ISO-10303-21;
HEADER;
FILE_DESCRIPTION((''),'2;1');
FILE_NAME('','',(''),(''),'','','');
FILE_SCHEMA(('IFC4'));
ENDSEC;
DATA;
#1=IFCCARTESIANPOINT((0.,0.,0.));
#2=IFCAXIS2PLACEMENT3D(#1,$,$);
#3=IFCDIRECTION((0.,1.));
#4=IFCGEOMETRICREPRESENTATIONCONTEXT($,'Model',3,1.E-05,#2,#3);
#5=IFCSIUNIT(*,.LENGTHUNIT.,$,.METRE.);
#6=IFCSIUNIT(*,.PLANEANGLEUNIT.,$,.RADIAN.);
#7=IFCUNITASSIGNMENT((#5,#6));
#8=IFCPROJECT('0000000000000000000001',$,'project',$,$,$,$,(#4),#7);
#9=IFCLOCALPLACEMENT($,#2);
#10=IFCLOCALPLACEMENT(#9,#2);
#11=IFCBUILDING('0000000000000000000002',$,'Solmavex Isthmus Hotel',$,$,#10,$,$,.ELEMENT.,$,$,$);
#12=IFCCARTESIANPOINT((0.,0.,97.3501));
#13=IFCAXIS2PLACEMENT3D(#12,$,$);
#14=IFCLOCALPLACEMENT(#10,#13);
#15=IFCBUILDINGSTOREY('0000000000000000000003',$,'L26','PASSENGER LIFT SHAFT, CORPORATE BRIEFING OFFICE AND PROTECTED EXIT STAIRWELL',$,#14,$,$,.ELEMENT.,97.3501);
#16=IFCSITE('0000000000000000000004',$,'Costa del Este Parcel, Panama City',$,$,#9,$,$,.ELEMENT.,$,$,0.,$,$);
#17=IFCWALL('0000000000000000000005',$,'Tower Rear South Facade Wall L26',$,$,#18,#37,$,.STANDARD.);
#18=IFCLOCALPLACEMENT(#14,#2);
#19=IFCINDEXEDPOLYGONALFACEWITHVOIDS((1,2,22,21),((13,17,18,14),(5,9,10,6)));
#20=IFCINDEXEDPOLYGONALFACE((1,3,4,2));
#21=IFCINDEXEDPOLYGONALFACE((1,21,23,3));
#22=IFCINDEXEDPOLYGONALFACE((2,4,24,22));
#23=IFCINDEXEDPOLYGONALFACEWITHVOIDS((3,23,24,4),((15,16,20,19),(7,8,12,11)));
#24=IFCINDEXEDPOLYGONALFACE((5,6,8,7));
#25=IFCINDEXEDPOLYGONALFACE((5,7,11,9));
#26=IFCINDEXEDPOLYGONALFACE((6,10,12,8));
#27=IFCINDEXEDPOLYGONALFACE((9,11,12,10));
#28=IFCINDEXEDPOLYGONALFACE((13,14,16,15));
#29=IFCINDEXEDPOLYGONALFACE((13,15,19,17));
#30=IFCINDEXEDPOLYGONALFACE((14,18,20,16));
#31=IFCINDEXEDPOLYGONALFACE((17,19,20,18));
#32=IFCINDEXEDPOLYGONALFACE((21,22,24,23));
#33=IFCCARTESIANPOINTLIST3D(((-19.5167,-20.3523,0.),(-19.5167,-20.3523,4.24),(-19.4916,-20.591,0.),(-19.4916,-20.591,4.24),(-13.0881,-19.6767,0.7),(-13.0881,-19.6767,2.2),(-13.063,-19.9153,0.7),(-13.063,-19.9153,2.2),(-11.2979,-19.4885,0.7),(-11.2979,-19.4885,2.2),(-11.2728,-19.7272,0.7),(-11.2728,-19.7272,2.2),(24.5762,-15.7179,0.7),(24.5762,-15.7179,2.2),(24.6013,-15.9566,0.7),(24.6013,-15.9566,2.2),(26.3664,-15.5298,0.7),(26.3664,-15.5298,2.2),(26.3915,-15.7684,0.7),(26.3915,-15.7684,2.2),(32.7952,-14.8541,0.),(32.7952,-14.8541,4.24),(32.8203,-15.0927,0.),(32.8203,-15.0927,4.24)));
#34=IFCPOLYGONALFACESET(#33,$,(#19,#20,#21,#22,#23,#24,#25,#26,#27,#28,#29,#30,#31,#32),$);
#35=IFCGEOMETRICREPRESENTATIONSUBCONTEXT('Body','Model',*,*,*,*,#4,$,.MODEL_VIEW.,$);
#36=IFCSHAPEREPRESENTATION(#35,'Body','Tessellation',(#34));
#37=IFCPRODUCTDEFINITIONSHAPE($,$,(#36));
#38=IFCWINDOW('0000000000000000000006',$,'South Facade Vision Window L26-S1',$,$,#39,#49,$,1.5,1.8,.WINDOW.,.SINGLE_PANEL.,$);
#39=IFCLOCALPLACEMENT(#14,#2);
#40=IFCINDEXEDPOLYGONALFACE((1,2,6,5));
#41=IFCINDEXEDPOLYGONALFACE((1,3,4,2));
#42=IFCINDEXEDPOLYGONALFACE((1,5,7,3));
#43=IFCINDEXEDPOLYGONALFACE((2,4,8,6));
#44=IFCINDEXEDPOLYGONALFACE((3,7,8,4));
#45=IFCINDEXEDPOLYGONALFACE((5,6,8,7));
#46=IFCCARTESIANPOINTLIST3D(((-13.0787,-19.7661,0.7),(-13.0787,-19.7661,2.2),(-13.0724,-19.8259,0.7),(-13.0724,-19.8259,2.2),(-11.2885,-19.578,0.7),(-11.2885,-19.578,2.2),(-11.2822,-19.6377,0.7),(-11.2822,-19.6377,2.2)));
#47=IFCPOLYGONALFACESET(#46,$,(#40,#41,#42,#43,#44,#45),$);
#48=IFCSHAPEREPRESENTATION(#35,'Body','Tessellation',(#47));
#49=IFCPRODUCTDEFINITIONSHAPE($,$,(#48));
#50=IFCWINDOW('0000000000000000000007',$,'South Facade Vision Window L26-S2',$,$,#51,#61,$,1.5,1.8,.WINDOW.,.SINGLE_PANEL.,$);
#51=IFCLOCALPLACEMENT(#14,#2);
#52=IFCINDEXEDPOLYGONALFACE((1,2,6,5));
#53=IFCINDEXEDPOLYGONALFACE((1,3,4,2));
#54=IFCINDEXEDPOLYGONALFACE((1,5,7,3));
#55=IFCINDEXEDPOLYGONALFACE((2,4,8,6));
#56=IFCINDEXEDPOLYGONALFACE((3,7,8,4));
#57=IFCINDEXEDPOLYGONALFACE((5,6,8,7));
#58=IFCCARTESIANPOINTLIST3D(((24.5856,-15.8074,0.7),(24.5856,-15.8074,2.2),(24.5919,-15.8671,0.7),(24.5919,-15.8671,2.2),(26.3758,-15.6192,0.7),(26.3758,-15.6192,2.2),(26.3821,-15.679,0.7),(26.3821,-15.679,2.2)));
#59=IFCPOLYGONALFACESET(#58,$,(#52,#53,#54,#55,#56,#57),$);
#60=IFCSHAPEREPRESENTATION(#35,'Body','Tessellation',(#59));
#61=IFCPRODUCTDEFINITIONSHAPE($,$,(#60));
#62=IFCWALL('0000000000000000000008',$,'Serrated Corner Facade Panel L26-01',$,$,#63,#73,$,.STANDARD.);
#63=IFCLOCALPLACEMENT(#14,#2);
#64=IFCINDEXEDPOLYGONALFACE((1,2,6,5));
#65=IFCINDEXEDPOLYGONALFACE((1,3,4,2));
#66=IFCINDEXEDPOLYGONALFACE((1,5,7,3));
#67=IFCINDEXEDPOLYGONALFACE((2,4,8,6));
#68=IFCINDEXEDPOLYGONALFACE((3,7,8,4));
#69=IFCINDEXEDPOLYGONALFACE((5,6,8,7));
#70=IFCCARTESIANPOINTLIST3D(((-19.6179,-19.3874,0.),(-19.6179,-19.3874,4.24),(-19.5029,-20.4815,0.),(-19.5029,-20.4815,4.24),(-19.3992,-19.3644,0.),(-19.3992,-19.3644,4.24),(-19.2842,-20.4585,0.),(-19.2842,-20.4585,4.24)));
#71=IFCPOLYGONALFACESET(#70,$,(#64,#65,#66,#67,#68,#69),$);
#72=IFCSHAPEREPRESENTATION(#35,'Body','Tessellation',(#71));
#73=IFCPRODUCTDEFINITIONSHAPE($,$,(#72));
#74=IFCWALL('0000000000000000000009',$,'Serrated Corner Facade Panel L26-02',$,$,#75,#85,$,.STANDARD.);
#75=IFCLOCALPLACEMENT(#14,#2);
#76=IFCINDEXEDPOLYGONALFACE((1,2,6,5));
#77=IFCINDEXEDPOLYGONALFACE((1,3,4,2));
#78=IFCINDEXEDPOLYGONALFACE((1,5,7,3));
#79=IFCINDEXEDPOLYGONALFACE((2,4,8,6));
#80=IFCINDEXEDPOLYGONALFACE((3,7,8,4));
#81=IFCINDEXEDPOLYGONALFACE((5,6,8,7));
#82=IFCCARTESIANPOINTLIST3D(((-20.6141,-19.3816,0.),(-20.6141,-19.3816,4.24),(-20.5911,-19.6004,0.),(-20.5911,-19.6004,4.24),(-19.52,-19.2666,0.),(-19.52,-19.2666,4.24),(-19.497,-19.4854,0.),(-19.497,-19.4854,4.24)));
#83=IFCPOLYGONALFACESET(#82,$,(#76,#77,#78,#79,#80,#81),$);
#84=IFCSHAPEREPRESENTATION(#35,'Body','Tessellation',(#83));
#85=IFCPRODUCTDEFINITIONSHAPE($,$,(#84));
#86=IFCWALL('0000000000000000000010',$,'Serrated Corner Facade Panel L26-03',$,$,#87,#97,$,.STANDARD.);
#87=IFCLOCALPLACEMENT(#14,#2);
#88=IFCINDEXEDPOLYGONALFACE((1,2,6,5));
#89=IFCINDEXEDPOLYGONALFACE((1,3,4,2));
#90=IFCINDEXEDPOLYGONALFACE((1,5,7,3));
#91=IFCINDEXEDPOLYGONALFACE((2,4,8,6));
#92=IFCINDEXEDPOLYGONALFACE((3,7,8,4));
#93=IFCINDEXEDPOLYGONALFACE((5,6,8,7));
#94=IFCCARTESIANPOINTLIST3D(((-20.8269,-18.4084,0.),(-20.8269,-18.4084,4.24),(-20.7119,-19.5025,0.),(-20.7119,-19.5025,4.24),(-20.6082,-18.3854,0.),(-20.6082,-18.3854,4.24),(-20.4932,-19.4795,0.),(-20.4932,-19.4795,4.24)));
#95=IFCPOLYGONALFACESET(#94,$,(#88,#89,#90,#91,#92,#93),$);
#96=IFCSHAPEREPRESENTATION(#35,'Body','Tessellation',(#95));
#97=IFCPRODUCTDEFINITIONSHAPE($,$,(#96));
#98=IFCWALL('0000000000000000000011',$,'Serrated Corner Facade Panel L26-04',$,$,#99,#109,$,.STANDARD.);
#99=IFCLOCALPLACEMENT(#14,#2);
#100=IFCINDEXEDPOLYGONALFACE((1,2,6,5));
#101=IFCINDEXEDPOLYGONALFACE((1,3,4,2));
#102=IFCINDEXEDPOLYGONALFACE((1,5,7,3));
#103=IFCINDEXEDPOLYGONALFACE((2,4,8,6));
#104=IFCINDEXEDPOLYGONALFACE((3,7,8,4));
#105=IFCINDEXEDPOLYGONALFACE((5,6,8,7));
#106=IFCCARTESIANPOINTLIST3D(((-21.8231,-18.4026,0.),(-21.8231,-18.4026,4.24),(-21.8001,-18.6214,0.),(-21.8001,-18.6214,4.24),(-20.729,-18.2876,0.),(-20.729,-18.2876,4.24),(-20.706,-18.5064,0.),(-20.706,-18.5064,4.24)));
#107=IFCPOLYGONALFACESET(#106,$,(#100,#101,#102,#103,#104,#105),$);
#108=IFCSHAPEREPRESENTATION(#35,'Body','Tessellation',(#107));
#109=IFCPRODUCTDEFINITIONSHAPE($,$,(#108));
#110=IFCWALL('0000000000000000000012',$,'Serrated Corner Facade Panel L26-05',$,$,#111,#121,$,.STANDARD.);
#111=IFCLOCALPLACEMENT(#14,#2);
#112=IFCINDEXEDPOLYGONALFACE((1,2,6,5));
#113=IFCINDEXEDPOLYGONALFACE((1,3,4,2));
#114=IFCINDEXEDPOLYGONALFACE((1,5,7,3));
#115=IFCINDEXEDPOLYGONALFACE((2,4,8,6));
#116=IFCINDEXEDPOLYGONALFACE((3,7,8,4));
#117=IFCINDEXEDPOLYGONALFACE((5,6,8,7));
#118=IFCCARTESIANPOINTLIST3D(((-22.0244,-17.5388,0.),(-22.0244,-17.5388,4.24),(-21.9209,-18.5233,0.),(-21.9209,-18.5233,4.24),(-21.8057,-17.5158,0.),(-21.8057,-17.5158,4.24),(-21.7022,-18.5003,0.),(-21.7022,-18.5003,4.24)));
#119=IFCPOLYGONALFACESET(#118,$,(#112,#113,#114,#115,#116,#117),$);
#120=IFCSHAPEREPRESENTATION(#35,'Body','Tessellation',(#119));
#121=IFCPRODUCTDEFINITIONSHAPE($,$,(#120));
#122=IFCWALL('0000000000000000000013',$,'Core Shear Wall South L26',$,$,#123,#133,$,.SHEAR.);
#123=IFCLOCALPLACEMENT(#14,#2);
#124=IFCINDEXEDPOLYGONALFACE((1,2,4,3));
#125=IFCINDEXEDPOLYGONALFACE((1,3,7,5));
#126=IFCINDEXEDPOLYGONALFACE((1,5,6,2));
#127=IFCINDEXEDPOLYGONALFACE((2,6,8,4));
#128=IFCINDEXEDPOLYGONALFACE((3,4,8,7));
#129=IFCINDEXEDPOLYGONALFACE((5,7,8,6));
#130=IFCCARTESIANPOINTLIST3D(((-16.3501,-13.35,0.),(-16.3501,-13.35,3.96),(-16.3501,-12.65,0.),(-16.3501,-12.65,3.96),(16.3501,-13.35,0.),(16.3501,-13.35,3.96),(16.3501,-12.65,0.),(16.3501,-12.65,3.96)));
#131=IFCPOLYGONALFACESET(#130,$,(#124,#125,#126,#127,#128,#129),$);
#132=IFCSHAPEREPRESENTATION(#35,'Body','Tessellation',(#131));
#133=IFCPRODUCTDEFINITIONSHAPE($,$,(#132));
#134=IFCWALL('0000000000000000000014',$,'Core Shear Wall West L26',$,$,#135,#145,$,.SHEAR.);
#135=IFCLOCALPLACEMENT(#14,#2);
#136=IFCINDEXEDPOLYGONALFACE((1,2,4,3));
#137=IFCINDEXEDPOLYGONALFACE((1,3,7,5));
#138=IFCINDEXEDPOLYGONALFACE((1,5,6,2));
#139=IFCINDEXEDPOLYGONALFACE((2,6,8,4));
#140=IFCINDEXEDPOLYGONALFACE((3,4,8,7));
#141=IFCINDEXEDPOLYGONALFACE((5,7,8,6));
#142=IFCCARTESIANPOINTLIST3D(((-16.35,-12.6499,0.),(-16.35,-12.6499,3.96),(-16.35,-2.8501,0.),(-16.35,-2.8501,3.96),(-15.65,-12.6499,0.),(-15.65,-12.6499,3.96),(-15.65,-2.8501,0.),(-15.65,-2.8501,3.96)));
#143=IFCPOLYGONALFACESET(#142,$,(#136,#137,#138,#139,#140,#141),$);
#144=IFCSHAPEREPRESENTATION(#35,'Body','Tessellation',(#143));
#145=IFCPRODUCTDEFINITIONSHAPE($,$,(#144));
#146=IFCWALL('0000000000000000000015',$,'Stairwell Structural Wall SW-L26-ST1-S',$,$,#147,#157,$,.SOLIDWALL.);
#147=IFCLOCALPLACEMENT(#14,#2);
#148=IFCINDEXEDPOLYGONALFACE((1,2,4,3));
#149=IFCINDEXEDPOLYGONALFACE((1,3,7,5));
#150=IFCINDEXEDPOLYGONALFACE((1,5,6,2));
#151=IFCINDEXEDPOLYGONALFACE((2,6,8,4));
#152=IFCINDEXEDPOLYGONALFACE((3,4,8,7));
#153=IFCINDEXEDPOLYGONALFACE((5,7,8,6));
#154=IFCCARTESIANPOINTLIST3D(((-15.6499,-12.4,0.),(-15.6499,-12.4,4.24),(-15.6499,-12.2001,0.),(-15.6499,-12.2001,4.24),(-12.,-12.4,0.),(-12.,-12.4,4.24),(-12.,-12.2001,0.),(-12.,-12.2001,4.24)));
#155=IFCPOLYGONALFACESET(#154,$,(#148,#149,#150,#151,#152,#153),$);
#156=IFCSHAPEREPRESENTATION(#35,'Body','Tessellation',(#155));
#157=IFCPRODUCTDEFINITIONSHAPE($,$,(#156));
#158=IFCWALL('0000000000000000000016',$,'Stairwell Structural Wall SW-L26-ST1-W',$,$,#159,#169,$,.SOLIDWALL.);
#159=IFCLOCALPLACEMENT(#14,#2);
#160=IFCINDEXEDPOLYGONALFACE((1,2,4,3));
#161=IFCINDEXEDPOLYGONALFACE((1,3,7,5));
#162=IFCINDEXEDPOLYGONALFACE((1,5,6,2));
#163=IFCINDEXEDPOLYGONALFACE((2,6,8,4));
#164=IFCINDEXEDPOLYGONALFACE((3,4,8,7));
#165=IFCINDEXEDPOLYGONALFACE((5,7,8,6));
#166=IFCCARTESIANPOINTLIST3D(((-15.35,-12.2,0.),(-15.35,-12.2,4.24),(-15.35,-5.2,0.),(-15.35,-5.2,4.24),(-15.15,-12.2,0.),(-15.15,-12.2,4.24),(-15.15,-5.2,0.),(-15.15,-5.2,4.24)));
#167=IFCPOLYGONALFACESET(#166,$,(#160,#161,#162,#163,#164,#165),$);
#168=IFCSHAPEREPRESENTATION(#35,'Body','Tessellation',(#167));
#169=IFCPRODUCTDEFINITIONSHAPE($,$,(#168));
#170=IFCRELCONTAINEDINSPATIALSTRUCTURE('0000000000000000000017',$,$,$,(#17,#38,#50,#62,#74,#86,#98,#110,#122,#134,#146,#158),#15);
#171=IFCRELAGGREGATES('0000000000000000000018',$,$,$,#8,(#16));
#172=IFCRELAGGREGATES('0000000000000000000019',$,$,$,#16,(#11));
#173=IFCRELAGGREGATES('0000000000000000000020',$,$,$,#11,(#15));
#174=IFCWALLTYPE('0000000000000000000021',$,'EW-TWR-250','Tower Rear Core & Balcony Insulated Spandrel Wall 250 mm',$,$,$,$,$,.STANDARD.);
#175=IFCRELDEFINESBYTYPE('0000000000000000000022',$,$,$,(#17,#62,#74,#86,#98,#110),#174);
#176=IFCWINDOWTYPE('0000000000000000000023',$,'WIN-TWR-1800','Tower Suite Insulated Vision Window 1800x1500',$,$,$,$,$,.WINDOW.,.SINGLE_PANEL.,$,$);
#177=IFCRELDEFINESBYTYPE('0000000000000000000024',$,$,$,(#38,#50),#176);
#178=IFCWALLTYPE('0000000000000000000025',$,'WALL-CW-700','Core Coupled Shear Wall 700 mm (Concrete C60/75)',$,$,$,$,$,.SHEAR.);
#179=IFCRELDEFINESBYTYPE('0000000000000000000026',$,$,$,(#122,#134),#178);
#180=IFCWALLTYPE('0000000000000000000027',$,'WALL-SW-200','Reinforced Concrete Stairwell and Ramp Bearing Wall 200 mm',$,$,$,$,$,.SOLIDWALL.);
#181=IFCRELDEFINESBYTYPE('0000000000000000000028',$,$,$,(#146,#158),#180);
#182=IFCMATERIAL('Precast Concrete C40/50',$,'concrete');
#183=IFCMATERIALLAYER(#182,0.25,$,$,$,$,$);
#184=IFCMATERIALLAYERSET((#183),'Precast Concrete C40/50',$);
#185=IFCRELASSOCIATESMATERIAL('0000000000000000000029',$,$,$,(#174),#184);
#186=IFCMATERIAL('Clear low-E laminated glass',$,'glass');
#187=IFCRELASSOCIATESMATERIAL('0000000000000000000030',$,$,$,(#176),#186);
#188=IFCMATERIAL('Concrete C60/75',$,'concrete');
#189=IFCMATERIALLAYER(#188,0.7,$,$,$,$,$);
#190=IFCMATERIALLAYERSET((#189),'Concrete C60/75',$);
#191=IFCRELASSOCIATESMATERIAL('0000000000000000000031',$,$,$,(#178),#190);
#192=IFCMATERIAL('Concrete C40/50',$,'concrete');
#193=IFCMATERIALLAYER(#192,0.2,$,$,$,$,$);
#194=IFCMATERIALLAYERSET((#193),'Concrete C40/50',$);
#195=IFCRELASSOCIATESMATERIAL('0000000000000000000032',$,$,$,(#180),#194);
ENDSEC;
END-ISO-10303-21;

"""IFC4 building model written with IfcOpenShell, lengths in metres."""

from ifc_helpers import new_model, si_unit, direction, frame, frame_2d, origin, place, context, subcontext, project, spatial, rectangle, extrude, material, layer, layer_set, type_object, element, fill, save


model = new_model("IFC4")

# Units and contexts
model_context = context("Model", 3, precision=1e-05, world=origin(), true_north=direction((0.0, 1.0)))
body_context = subcontext(model_context, "Body", "Model", "MODEL_VIEW")
ifc_project = project(units=[si_unit("LENGTHUNIT", "METRE"), si_unit("PLANEANGLEUNIT", "RADIAN")], contexts=[model_context])

# Site, building, storey
site_placement = place(None, origin())
site = spatial("IfcSite", under=ifc_project, at=site_placement, Name="Costa del Este Parcel, Panama City", CompositionType="ELEMENT", RefElevation=0.0)
building_placement = place(site_placement, origin())
building = spatial("IfcBuilding", under=site, at=building_placement, Name="Solmavex Isthmus Hotel", CompositionType="ELEMENT")
storey_placement = place(building_placement, frame((0.0, 0.0, 97.3501)))
storey = spatial("IfcBuildingStorey", under=building, at=storey_placement, Name="L26", Description="PASSENGER LIFT SHAFT, CORPORATE BRIEFING OFFICE AND PROTECTED EXIT STAIRWELL", CompositionType="ELEMENT", Elevation=97.3501)

# Shared definitions
ifc_material_1 = material(Name="Concrete C60/75", Category="concrete")

# Shared definitions
ifc_material_2 = material(Name="Clear low-E laminated glass", Category="glass")

# Wall, openings, windows
ifc_material_3 = material(Name="Precast Concrete C40/50", Category="concrete")
ifc_layer_1 = layer(ifc_material_3, 0.25)
ifc_layer_set_1 = layer_set([ifc_layer_1], Name="Precast Concrete C40/50")
wall_type_1 = type_object("IfcWallType", Name="EW-TWR-250", Description="Tower Rear Core & Balcony Insulated Spandrel Wall 250 mm", PredefinedType="STANDARD", material=ifc_layer_set_1)
wall_1_placement = place(storey_placement, frame((-19.5042, -20.4717, 0.0), z_axis=(0.0, 0.0, 1.0), x_axis=(0.994522, 0.10453, 0.0)))
wall_1 = element("IfcWall", 1, at=wall_1_placement, inside=storey, type_object=wall_type_1, Name="Tower Rear South Facade Wall L26", PredefinedType="STANDARD", context=body_context, shape_type="SweptSolid", body=[
    extrude(rectangle(XDim=52.6001, YDim=0.24, at=frame_2d((26.3, 0.0))), origin(), (0.0, 0.0, 1.0), 4.24),
])
opening_1_placement = place(wall_1_placement, frame((6.4641, 0.0, 0.7)))
opening_1 = element("IfcOpeningElement", 2, at=opening_1_placement, cuts=wall_1, PredefinedType="OPENING", context=body_context, shape_type="SweptSolid", body=[
    extrude(rectangle(XDim=1.8, YDim=1.5, at=frame_2d((0.8999, 0.75))), frame((0.0, 0.1299, 0.0), z_axis=(0.0, -1.0, 0.0), x_axis=(1.0, 0.0, 0.0)), (0.0, 0.0, 1.0), 0.26),
])
opening_2_placement = place(wall_1_placement, frame((44.3359, 0.0, 0.7)))
opening_2 = element("IfcOpeningElement", 3, at=opening_2_placement, cuts=wall_1, PredefinedType="OPENING", context=body_context, shape_type="SweptSolid", body=[
    extrude(rectangle(XDim=1.8, YDim=1.5, at=frame_2d((0.8999, 0.75))), frame((0.0, 0.1299, 0.0), z_axis=(0.0, -1.0, 0.0), x_axis=(1.0, 0.0, 0.0)), (0.0, 0.0, 1.0), 0.26),
])
window_type = type_object("IfcWindowType", Name="WIN-TWR-1800", Description="Tower Suite Insulated Vision Window 1800x1500", PartitioningType="SINGLE_PANEL", PredefinedType="WINDOW", material=ifc_material_2)
window_1_placement = place(opening_1_placement, origin())
window_1 = element("IfcWindow", 4, at=window_1_placement, inside=storey, type_object=window_type, Name="South Facade Vision Window L26-S1", OverallHeight=1.5, OverallWidth=1.8, PartitioningType="SINGLE_PANEL", PredefinedType="WINDOW", context=body_context, shape_type="SweptSolid", body=[
    extrude(rectangle(XDim=1.8, YDim=1.5, at=frame_2d((0.8999, 0.75))), frame((0.0, 0.03, 0.0), z_axis=(0.0, -1.0, 0.0), x_axis=(1.0, 0.0, 0.0)), (0.0, 0.0, 1.0), 0.0601),
])
fill(opening_1, window_1)
window_2_placement = place(opening_2_placement, origin())
window_2 = element("IfcWindow", 5, at=window_2_placement, inside=storey, type_object=window_type, Name="South Facade Vision Window L26-S2", OverallHeight=1.5, OverallWidth=1.8, PartitioningType="SINGLE_PANEL", PredefinedType="WINDOW", context=body_context, shape_type="SweptSolid", body=[
    extrude(rectangle(XDim=1.8, YDim=1.5, at=frame_2d((0.8999, 0.75))), frame((0.0, 0.03, 0.0), z_axis=(0.0, -1.0, 0.0), x_axis=(1.0, 0.0, 0.0)), (0.0, 0.0, 1.0), 0.0601),
])
fill(opening_2, window_2)

# Walls
for number, where, z_axis, x_axis, name in (
    (6, (-19.3936, -20.47, 0.0), (0.0, 0.0, 1.0), (-0.104535, 0.994521, 0.0), "Serrated Corner Facade Panel L26-01"),
    (7, (-19.5085, -19.376, 0.0), (0.0, 0.0, 1.0), (-0.994521, -0.104535, 0.0), "Serrated Corner Facade Panel L26-02"),
    (8, (-20.6025, -19.491, 0.0), (0.0, 0.0, 1.0), (-0.104535, 0.994521, 0.0), "Serrated Corner Facade Panel L26-03"),
    (9, (-20.7175, -18.397, 0.0), (0.0, 0.0, 1.0), (-0.994521, -0.104535, 0.0), "Serrated Corner Facade Panel L26-04"),
):
    element("IfcWall", number, at=place(storey_placement, frame(where, z_axis=z_axis, x_axis=x_axis)), inside=storey, type_object=wall_type_1, Name=name, PredefinedType="STANDARD", context=body_context, shape_type="SweptSolid", body=[
        extrude(rectangle(XDim=1.1001, YDim=0.22, at=frame_2d((0.55, 0.0))), origin(), (0.0, 0.0, 1.0), 4.24),
    ])
wall_2_placement = place(storey_placement, frame((-21.8115, -18.512, 0.0), z_axis=(0.0, 0.0, 1.0), x_axis=(-0.104556, 0.994519, 0.0)))
element("IfcWall", 10, at=wall_2_placement, inside=storey, type_object=wall_type_1, Name="Serrated Corner Facade Panel L26-05", PredefinedType="STANDARD", context=body_context, shape_type="SweptSolid", body=[
    extrude(rectangle(XDim=0.99, YDim=0.22, at=frame_2d((0.4951, 0.0))), origin(), (0.0, 0.0, 1.0), 4.24),
])
ifc_layer_2 = layer(ifc_material_1, 0.7)
ifc_layer_set_2 = layer_set([ifc_layer_2], Name="Concrete C60/75")
wall_type_2 = type_object("IfcWallType", Name="WALL-CW-700", Description="Core Coupled Shear Wall 700 mm (Concrete C60/75)", PredefinedType="SHEAR", material=ifc_layer_set_2)
wall_3_placement = place(storey_placement, frame((-16.3501, -13.0, 0.0), z_axis=(0.0, 0.0, 1.0), x_axis=(1.0, 0.0, 0.0)))
element("IfcWall", 11, at=wall_3_placement, inside=storey, type_object=wall_type_2, Name="Core Shear Wall South L26", PredefinedType="SHEAR", context=body_context, shape_type="SweptSolid", body=[
    extrude(rectangle(XDim=32.7002, YDim=0.7, at=frame_2d((16.3501, 0.0))), origin(), (0.0, 0.0, 1.0), 3.96),
])
wall_4_placement = place(storey_placement, frame((-16.0, -12.6499, 0.0), z_axis=(0.0, 0.0, 1.0), x_axis=(0.0, 1.0, 0.0)))
element("IfcWall", 12, at=wall_4_placement, inside=storey, type_object=wall_type_2, Name="Core Shear Wall West L26", PredefinedType="SHEAR", context=body_context, shape_type="SweptSolid", body=[
    extrude(rectangle(XDim=9.7998, YDim=0.7, at=frame_2d((4.8999, 0.0))), origin(), (0.0, 0.0, 1.0), 3.96),
])
ifc_material_4 = material(Name="Concrete C40/50", Category="concrete")
ifc_layer_3 = layer(ifc_material_4, 0.2)
ifc_layer_set_3 = layer_set([ifc_layer_3], Name="Concrete C40/50")
wall_type_3 = type_object("IfcWallType", Name="WALL-SW-200", Description="Reinforced Concrete Stairwell and Ramp Bearing Wall 200 mm", PredefinedType="SOLIDWALL", material=ifc_layer_set_3)
wall_5_placement = place(storey_placement, frame((-15.6499, -12.3, 0.0), z_axis=(0.0, 0.0, 1.0), x_axis=(1.0, 0.0, 0.0)))
element("IfcWall", 13, at=wall_5_placement, inside=storey, type_object=wall_type_3, Name="Stairwell Structural Wall SW-L26-ST1-S", PredefinedType="SOLIDWALL", context=body_context, shape_type="SweptSolid", body=[
    extrude(rectangle(XDim=3.6499, YDim=0.2, at=frame_2d((1.825, 0.0))), origin(), (0.0, 0.0, 1.0), 4.24),
])
wall_6_placement = place(storey_placement, frame((-15.25, -12.2, 0.0), z_axis=(0.0, 0.0, 1.0), x_axis=(0.0, 1.0, 0.0)))
element("IfcWall", 14, at=wall_6_placement, inside=storey, type_object=wall_type_3, Name="Stairwell Structural Wall SW-L26-ST1-W", PredefinedType="SOLIDWALL", context=body_context, shape_type="SweptSolid", body=[
    extrude(rectangle(XDim=7.0, YDim=0.2, at=frame_2d((3.5, 0.0))), origin(), (0.0, 0.0, 1.0), 4.24),
])

save(model, "model.ifc")
